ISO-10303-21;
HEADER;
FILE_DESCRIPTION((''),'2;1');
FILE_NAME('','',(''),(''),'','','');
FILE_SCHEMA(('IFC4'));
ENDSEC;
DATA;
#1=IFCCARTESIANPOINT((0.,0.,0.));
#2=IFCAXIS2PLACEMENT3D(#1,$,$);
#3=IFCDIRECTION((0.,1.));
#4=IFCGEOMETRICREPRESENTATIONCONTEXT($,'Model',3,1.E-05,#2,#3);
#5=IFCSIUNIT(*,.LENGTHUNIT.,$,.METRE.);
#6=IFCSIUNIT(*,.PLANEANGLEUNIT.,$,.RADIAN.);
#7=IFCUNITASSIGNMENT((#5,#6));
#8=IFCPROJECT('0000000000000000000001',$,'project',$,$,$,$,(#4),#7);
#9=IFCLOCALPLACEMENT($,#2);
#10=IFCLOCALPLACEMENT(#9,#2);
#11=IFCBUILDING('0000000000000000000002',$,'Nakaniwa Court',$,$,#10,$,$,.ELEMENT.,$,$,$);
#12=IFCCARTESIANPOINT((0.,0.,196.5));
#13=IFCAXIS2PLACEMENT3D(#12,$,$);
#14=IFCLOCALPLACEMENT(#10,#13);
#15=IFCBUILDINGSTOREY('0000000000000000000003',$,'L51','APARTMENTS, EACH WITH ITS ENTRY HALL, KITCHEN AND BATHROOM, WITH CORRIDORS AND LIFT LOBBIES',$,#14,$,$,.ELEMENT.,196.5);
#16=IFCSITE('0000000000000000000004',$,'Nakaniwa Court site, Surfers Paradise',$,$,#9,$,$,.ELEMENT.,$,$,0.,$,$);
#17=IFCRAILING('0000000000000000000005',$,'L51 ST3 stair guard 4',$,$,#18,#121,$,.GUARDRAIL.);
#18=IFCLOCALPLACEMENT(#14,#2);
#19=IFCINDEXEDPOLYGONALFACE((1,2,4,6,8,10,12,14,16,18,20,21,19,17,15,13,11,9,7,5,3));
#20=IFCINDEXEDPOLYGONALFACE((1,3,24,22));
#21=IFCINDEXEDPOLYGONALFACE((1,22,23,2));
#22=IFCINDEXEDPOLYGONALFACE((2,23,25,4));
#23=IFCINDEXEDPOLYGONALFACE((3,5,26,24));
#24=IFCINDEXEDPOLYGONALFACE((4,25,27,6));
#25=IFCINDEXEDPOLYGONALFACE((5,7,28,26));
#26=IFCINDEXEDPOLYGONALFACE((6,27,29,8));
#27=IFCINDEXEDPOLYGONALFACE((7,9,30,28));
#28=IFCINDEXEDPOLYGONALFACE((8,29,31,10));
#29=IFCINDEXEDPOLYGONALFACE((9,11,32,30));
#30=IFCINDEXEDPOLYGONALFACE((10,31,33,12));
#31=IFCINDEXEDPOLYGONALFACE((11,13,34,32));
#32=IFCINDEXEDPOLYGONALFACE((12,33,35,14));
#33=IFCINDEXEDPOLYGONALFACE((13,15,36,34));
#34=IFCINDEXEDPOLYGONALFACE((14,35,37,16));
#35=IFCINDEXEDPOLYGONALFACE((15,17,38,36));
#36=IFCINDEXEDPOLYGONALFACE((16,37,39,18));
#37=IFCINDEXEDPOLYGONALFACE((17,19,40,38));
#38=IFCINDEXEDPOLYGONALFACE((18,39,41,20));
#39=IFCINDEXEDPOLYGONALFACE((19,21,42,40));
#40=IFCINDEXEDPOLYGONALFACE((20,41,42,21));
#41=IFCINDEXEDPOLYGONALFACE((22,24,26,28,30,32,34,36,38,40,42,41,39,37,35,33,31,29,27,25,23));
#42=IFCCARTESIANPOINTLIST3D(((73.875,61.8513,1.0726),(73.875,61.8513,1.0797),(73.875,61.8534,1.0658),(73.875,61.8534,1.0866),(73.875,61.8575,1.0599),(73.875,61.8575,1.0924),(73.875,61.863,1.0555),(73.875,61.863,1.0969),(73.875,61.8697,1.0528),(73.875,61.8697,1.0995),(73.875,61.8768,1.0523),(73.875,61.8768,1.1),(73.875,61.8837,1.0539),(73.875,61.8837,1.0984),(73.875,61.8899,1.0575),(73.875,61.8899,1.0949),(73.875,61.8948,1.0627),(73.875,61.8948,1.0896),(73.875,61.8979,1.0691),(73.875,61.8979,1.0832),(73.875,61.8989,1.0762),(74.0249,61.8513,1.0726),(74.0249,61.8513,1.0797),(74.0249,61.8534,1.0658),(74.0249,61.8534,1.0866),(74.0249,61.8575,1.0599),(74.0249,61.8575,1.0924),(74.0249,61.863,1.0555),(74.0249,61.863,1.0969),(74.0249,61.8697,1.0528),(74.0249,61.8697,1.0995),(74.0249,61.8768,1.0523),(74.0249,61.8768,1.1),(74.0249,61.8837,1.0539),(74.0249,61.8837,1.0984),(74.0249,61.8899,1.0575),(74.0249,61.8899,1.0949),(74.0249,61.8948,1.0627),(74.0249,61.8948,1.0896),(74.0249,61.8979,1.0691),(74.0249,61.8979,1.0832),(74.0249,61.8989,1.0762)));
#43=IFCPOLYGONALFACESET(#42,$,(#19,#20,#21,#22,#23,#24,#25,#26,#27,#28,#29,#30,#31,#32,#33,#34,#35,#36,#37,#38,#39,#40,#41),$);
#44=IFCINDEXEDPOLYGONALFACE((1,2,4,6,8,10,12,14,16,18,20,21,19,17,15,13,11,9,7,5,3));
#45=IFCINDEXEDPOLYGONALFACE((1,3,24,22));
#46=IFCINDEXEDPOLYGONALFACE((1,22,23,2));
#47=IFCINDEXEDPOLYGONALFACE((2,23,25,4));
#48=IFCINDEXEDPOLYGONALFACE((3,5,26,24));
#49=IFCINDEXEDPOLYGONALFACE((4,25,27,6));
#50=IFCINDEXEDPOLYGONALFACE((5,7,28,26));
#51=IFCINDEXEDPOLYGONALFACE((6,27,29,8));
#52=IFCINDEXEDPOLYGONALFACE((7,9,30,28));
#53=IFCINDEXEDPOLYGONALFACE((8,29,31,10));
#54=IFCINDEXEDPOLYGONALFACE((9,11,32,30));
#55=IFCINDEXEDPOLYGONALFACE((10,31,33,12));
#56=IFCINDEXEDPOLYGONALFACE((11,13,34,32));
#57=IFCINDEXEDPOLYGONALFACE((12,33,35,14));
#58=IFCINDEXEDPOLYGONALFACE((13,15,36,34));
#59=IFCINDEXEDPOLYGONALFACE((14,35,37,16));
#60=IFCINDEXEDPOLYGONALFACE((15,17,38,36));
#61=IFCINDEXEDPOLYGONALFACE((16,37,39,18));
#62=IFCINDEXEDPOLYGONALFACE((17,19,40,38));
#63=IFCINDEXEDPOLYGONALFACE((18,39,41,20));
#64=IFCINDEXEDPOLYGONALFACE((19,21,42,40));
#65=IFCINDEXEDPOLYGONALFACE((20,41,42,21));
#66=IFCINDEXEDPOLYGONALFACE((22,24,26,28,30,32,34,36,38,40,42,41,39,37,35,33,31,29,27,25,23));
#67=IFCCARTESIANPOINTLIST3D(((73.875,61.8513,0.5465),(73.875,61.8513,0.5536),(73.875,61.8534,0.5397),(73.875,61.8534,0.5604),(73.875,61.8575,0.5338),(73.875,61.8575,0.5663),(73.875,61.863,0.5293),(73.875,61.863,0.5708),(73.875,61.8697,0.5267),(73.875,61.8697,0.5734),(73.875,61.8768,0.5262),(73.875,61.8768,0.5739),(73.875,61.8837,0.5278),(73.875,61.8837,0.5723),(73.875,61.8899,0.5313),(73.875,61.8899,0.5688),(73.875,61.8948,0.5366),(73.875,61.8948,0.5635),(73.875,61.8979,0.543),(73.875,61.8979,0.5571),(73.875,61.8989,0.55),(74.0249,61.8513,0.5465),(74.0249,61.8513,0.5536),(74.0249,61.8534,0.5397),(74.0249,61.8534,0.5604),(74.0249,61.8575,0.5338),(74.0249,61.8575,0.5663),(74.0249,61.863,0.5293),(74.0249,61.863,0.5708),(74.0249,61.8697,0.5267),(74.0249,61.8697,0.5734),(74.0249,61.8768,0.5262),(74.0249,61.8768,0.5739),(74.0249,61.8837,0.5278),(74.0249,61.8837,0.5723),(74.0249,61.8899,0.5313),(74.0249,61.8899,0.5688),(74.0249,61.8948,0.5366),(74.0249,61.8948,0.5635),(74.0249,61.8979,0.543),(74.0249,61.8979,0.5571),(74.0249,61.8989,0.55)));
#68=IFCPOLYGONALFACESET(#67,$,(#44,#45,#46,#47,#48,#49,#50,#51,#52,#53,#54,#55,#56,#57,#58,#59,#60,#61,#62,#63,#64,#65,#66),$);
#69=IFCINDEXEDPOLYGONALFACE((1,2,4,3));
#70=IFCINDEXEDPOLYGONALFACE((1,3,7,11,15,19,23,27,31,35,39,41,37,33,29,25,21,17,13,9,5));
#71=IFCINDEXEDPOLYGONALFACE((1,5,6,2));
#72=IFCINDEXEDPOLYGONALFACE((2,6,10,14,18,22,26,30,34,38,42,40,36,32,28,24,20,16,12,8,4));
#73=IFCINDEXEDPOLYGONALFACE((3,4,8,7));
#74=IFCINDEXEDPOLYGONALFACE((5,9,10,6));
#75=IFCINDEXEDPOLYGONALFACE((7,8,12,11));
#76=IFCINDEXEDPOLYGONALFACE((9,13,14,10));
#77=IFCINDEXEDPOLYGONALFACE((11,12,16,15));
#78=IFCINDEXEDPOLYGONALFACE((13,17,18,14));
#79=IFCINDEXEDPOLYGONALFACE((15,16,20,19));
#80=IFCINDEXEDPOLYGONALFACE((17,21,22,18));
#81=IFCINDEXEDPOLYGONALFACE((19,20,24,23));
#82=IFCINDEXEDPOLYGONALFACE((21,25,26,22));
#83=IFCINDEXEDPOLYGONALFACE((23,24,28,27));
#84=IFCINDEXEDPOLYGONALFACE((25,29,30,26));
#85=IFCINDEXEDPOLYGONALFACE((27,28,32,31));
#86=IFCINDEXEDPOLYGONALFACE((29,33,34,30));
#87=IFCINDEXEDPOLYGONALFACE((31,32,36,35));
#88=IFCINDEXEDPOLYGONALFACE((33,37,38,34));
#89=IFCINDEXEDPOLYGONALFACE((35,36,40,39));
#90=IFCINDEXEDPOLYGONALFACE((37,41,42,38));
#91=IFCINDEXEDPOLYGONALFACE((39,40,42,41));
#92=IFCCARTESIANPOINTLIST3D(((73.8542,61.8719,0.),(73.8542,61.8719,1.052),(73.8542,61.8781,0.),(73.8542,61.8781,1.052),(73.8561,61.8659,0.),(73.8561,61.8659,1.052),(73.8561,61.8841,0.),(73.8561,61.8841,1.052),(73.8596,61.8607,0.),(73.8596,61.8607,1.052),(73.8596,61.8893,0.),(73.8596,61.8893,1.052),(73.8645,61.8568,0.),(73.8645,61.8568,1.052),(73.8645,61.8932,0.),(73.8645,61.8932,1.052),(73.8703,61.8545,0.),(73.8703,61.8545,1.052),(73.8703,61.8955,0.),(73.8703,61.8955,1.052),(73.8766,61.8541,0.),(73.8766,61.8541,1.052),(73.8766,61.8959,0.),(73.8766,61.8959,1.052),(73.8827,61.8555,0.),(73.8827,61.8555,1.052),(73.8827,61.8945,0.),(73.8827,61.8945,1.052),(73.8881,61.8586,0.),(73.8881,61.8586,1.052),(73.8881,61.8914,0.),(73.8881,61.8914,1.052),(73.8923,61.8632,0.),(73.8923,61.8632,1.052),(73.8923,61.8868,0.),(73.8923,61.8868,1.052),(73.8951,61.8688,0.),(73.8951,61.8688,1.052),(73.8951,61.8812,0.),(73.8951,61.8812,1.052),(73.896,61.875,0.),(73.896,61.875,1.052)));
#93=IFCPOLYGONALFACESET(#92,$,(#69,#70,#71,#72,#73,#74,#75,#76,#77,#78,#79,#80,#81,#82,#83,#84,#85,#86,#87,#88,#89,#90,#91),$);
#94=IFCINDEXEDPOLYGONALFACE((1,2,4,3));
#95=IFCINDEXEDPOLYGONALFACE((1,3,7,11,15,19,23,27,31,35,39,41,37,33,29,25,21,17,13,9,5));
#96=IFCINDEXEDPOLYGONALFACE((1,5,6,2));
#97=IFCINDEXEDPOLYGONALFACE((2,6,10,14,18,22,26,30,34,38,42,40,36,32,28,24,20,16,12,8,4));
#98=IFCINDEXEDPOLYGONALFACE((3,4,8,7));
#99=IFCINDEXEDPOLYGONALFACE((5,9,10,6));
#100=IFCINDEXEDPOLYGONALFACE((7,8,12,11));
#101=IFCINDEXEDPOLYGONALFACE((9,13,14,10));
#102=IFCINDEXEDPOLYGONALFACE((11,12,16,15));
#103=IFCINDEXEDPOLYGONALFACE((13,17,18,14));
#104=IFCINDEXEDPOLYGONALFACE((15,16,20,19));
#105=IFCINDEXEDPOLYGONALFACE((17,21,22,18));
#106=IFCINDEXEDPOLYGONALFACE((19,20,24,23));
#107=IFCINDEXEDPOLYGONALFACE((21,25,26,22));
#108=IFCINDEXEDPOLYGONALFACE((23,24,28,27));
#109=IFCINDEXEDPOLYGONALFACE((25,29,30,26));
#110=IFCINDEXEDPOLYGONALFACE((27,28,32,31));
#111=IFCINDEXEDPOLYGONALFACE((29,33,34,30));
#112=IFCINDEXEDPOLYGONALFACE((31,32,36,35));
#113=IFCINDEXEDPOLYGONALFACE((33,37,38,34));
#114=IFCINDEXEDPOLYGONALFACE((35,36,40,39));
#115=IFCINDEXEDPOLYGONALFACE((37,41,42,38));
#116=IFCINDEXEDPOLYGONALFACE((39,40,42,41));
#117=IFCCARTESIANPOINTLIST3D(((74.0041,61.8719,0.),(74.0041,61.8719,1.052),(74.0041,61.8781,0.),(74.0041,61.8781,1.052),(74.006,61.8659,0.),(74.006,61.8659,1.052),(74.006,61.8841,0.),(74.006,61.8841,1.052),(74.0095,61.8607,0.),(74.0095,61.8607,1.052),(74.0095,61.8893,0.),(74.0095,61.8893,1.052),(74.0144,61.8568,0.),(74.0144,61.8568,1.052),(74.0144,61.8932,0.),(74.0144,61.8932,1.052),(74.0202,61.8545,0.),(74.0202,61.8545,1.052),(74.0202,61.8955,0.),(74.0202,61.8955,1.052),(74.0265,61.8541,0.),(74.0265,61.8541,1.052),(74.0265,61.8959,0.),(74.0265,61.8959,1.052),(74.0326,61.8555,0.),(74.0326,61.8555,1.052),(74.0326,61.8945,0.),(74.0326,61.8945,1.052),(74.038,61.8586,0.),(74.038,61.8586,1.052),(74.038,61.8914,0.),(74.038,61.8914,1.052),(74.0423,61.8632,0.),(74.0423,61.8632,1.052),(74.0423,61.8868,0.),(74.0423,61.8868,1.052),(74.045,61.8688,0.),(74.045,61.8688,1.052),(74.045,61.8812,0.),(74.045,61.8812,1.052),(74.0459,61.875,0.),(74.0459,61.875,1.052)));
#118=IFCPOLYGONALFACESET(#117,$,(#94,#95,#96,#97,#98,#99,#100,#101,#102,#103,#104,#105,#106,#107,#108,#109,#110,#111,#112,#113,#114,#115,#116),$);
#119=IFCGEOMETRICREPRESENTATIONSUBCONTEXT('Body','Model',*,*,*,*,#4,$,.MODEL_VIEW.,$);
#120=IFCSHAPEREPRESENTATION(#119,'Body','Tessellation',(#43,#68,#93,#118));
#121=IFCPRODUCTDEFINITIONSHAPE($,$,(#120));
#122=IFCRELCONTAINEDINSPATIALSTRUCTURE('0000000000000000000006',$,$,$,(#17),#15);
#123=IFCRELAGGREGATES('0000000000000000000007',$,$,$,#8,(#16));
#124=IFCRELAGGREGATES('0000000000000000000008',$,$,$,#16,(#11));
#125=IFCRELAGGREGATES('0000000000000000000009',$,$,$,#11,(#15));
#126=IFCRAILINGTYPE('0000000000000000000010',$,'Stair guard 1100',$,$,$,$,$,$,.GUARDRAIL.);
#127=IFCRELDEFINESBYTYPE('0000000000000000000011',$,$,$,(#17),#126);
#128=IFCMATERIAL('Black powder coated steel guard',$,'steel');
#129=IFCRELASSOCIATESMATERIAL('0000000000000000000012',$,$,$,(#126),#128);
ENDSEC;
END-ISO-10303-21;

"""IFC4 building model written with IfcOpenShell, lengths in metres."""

from ifc_helpers import new_model, si_unit, direction, frame, origin, origin_2d, place, context, subcontext, project, spatial, circle, extrude, material, type_object, element, save


model = new_model("IFC4")

# Units and contexts
model_context = context("Model", 3, precision=1e-05, world=origin(), true_north=direction((0.0, 1.0)))
body_context = subcontext(model_context, "Body", "Model", "MODEL_VIEW")
ifc_project = project(units=[si_unit("LENGTHUNIT", "METRE"), si_unit("PLANEANGLEUNIT", "RADIAN")], contexts=[model_context])

# Site, building, storey
site_placement = place(None, origin())
site = spatial("IfcSite", under=ifc_project, at=site_placement, Name="Nakaniwa Court site, Surfers Paradise", CompositionType="ELEMENT", RefElevation=0.0)
building_placement = place(site_placement, origin())
building = spatial("IfcBuilding", under=site, at=building_placement, Name="Nakaniwa Court", CompositionType="ELEMENT")
storey_placement = place(building_placement, frame((0.0, 0.0, 196.5)))
storey = spatial("IfcBuildingStorey", under=building, at=storey_placement, Name="L51", Description="APARTMENTS, EACH WITH ITS ENTRY HALL, KITCHEN AND BATHROOM, WITH CORRIDORS AND LIFT LOBBIES", CompositionType="ELEMENT", Elevation=196.5)

# Railing
ifc_material_1 = material(Name="Black powder coated steel guard", Category="steel")
railing_type_1 = type_object("IfcRailingType", Name="Stair guard 1100", PredefinedType="GUARDRAIL", material=ifc_material_1)
railing_1_placement = place(storey_placement, frame((73.875, 61.875, 0.0)))
element("IfcRailing", 1, at=railing_1_placement, inside=storey, type_object=railing_type_1, Name="L51 ST3 stair guard 4", PredefinedType="GUARDRAIL", context=body_context, shape_type="SweptSolid", body=[
    extrude(circle(Radius=0.0239, at=origin_2d()), frame((0.0, 0.0, 1.0762), z_axis=(1.0, 0.0, 0.0), x_axis=(0.0, 1.0, 0.0)), (0.0, 0.0, 1.0), 0.1499),
    extrude(circle(Radius=0.0239, at=origin_2d()), frame((0.0, 0.0, 0.55), z_axis=(1.0, 0.0, 0.0), x_axis=(0.0, 1.0, 0.0)), (0.0, 0.0, 1.0), 0.1499),
    extrude(circle(Radius=0.021, at=origin_2d()), origin(), (0.0, 0.0, 1.0), 1.052),
    extrude(circle(Radius=0.021, at=origin_2d()), frame((0.1499, 0.0, 0.0)), (0.0, 0.0, 1.0), 1.052),
])

save(model, "model.ifc")
